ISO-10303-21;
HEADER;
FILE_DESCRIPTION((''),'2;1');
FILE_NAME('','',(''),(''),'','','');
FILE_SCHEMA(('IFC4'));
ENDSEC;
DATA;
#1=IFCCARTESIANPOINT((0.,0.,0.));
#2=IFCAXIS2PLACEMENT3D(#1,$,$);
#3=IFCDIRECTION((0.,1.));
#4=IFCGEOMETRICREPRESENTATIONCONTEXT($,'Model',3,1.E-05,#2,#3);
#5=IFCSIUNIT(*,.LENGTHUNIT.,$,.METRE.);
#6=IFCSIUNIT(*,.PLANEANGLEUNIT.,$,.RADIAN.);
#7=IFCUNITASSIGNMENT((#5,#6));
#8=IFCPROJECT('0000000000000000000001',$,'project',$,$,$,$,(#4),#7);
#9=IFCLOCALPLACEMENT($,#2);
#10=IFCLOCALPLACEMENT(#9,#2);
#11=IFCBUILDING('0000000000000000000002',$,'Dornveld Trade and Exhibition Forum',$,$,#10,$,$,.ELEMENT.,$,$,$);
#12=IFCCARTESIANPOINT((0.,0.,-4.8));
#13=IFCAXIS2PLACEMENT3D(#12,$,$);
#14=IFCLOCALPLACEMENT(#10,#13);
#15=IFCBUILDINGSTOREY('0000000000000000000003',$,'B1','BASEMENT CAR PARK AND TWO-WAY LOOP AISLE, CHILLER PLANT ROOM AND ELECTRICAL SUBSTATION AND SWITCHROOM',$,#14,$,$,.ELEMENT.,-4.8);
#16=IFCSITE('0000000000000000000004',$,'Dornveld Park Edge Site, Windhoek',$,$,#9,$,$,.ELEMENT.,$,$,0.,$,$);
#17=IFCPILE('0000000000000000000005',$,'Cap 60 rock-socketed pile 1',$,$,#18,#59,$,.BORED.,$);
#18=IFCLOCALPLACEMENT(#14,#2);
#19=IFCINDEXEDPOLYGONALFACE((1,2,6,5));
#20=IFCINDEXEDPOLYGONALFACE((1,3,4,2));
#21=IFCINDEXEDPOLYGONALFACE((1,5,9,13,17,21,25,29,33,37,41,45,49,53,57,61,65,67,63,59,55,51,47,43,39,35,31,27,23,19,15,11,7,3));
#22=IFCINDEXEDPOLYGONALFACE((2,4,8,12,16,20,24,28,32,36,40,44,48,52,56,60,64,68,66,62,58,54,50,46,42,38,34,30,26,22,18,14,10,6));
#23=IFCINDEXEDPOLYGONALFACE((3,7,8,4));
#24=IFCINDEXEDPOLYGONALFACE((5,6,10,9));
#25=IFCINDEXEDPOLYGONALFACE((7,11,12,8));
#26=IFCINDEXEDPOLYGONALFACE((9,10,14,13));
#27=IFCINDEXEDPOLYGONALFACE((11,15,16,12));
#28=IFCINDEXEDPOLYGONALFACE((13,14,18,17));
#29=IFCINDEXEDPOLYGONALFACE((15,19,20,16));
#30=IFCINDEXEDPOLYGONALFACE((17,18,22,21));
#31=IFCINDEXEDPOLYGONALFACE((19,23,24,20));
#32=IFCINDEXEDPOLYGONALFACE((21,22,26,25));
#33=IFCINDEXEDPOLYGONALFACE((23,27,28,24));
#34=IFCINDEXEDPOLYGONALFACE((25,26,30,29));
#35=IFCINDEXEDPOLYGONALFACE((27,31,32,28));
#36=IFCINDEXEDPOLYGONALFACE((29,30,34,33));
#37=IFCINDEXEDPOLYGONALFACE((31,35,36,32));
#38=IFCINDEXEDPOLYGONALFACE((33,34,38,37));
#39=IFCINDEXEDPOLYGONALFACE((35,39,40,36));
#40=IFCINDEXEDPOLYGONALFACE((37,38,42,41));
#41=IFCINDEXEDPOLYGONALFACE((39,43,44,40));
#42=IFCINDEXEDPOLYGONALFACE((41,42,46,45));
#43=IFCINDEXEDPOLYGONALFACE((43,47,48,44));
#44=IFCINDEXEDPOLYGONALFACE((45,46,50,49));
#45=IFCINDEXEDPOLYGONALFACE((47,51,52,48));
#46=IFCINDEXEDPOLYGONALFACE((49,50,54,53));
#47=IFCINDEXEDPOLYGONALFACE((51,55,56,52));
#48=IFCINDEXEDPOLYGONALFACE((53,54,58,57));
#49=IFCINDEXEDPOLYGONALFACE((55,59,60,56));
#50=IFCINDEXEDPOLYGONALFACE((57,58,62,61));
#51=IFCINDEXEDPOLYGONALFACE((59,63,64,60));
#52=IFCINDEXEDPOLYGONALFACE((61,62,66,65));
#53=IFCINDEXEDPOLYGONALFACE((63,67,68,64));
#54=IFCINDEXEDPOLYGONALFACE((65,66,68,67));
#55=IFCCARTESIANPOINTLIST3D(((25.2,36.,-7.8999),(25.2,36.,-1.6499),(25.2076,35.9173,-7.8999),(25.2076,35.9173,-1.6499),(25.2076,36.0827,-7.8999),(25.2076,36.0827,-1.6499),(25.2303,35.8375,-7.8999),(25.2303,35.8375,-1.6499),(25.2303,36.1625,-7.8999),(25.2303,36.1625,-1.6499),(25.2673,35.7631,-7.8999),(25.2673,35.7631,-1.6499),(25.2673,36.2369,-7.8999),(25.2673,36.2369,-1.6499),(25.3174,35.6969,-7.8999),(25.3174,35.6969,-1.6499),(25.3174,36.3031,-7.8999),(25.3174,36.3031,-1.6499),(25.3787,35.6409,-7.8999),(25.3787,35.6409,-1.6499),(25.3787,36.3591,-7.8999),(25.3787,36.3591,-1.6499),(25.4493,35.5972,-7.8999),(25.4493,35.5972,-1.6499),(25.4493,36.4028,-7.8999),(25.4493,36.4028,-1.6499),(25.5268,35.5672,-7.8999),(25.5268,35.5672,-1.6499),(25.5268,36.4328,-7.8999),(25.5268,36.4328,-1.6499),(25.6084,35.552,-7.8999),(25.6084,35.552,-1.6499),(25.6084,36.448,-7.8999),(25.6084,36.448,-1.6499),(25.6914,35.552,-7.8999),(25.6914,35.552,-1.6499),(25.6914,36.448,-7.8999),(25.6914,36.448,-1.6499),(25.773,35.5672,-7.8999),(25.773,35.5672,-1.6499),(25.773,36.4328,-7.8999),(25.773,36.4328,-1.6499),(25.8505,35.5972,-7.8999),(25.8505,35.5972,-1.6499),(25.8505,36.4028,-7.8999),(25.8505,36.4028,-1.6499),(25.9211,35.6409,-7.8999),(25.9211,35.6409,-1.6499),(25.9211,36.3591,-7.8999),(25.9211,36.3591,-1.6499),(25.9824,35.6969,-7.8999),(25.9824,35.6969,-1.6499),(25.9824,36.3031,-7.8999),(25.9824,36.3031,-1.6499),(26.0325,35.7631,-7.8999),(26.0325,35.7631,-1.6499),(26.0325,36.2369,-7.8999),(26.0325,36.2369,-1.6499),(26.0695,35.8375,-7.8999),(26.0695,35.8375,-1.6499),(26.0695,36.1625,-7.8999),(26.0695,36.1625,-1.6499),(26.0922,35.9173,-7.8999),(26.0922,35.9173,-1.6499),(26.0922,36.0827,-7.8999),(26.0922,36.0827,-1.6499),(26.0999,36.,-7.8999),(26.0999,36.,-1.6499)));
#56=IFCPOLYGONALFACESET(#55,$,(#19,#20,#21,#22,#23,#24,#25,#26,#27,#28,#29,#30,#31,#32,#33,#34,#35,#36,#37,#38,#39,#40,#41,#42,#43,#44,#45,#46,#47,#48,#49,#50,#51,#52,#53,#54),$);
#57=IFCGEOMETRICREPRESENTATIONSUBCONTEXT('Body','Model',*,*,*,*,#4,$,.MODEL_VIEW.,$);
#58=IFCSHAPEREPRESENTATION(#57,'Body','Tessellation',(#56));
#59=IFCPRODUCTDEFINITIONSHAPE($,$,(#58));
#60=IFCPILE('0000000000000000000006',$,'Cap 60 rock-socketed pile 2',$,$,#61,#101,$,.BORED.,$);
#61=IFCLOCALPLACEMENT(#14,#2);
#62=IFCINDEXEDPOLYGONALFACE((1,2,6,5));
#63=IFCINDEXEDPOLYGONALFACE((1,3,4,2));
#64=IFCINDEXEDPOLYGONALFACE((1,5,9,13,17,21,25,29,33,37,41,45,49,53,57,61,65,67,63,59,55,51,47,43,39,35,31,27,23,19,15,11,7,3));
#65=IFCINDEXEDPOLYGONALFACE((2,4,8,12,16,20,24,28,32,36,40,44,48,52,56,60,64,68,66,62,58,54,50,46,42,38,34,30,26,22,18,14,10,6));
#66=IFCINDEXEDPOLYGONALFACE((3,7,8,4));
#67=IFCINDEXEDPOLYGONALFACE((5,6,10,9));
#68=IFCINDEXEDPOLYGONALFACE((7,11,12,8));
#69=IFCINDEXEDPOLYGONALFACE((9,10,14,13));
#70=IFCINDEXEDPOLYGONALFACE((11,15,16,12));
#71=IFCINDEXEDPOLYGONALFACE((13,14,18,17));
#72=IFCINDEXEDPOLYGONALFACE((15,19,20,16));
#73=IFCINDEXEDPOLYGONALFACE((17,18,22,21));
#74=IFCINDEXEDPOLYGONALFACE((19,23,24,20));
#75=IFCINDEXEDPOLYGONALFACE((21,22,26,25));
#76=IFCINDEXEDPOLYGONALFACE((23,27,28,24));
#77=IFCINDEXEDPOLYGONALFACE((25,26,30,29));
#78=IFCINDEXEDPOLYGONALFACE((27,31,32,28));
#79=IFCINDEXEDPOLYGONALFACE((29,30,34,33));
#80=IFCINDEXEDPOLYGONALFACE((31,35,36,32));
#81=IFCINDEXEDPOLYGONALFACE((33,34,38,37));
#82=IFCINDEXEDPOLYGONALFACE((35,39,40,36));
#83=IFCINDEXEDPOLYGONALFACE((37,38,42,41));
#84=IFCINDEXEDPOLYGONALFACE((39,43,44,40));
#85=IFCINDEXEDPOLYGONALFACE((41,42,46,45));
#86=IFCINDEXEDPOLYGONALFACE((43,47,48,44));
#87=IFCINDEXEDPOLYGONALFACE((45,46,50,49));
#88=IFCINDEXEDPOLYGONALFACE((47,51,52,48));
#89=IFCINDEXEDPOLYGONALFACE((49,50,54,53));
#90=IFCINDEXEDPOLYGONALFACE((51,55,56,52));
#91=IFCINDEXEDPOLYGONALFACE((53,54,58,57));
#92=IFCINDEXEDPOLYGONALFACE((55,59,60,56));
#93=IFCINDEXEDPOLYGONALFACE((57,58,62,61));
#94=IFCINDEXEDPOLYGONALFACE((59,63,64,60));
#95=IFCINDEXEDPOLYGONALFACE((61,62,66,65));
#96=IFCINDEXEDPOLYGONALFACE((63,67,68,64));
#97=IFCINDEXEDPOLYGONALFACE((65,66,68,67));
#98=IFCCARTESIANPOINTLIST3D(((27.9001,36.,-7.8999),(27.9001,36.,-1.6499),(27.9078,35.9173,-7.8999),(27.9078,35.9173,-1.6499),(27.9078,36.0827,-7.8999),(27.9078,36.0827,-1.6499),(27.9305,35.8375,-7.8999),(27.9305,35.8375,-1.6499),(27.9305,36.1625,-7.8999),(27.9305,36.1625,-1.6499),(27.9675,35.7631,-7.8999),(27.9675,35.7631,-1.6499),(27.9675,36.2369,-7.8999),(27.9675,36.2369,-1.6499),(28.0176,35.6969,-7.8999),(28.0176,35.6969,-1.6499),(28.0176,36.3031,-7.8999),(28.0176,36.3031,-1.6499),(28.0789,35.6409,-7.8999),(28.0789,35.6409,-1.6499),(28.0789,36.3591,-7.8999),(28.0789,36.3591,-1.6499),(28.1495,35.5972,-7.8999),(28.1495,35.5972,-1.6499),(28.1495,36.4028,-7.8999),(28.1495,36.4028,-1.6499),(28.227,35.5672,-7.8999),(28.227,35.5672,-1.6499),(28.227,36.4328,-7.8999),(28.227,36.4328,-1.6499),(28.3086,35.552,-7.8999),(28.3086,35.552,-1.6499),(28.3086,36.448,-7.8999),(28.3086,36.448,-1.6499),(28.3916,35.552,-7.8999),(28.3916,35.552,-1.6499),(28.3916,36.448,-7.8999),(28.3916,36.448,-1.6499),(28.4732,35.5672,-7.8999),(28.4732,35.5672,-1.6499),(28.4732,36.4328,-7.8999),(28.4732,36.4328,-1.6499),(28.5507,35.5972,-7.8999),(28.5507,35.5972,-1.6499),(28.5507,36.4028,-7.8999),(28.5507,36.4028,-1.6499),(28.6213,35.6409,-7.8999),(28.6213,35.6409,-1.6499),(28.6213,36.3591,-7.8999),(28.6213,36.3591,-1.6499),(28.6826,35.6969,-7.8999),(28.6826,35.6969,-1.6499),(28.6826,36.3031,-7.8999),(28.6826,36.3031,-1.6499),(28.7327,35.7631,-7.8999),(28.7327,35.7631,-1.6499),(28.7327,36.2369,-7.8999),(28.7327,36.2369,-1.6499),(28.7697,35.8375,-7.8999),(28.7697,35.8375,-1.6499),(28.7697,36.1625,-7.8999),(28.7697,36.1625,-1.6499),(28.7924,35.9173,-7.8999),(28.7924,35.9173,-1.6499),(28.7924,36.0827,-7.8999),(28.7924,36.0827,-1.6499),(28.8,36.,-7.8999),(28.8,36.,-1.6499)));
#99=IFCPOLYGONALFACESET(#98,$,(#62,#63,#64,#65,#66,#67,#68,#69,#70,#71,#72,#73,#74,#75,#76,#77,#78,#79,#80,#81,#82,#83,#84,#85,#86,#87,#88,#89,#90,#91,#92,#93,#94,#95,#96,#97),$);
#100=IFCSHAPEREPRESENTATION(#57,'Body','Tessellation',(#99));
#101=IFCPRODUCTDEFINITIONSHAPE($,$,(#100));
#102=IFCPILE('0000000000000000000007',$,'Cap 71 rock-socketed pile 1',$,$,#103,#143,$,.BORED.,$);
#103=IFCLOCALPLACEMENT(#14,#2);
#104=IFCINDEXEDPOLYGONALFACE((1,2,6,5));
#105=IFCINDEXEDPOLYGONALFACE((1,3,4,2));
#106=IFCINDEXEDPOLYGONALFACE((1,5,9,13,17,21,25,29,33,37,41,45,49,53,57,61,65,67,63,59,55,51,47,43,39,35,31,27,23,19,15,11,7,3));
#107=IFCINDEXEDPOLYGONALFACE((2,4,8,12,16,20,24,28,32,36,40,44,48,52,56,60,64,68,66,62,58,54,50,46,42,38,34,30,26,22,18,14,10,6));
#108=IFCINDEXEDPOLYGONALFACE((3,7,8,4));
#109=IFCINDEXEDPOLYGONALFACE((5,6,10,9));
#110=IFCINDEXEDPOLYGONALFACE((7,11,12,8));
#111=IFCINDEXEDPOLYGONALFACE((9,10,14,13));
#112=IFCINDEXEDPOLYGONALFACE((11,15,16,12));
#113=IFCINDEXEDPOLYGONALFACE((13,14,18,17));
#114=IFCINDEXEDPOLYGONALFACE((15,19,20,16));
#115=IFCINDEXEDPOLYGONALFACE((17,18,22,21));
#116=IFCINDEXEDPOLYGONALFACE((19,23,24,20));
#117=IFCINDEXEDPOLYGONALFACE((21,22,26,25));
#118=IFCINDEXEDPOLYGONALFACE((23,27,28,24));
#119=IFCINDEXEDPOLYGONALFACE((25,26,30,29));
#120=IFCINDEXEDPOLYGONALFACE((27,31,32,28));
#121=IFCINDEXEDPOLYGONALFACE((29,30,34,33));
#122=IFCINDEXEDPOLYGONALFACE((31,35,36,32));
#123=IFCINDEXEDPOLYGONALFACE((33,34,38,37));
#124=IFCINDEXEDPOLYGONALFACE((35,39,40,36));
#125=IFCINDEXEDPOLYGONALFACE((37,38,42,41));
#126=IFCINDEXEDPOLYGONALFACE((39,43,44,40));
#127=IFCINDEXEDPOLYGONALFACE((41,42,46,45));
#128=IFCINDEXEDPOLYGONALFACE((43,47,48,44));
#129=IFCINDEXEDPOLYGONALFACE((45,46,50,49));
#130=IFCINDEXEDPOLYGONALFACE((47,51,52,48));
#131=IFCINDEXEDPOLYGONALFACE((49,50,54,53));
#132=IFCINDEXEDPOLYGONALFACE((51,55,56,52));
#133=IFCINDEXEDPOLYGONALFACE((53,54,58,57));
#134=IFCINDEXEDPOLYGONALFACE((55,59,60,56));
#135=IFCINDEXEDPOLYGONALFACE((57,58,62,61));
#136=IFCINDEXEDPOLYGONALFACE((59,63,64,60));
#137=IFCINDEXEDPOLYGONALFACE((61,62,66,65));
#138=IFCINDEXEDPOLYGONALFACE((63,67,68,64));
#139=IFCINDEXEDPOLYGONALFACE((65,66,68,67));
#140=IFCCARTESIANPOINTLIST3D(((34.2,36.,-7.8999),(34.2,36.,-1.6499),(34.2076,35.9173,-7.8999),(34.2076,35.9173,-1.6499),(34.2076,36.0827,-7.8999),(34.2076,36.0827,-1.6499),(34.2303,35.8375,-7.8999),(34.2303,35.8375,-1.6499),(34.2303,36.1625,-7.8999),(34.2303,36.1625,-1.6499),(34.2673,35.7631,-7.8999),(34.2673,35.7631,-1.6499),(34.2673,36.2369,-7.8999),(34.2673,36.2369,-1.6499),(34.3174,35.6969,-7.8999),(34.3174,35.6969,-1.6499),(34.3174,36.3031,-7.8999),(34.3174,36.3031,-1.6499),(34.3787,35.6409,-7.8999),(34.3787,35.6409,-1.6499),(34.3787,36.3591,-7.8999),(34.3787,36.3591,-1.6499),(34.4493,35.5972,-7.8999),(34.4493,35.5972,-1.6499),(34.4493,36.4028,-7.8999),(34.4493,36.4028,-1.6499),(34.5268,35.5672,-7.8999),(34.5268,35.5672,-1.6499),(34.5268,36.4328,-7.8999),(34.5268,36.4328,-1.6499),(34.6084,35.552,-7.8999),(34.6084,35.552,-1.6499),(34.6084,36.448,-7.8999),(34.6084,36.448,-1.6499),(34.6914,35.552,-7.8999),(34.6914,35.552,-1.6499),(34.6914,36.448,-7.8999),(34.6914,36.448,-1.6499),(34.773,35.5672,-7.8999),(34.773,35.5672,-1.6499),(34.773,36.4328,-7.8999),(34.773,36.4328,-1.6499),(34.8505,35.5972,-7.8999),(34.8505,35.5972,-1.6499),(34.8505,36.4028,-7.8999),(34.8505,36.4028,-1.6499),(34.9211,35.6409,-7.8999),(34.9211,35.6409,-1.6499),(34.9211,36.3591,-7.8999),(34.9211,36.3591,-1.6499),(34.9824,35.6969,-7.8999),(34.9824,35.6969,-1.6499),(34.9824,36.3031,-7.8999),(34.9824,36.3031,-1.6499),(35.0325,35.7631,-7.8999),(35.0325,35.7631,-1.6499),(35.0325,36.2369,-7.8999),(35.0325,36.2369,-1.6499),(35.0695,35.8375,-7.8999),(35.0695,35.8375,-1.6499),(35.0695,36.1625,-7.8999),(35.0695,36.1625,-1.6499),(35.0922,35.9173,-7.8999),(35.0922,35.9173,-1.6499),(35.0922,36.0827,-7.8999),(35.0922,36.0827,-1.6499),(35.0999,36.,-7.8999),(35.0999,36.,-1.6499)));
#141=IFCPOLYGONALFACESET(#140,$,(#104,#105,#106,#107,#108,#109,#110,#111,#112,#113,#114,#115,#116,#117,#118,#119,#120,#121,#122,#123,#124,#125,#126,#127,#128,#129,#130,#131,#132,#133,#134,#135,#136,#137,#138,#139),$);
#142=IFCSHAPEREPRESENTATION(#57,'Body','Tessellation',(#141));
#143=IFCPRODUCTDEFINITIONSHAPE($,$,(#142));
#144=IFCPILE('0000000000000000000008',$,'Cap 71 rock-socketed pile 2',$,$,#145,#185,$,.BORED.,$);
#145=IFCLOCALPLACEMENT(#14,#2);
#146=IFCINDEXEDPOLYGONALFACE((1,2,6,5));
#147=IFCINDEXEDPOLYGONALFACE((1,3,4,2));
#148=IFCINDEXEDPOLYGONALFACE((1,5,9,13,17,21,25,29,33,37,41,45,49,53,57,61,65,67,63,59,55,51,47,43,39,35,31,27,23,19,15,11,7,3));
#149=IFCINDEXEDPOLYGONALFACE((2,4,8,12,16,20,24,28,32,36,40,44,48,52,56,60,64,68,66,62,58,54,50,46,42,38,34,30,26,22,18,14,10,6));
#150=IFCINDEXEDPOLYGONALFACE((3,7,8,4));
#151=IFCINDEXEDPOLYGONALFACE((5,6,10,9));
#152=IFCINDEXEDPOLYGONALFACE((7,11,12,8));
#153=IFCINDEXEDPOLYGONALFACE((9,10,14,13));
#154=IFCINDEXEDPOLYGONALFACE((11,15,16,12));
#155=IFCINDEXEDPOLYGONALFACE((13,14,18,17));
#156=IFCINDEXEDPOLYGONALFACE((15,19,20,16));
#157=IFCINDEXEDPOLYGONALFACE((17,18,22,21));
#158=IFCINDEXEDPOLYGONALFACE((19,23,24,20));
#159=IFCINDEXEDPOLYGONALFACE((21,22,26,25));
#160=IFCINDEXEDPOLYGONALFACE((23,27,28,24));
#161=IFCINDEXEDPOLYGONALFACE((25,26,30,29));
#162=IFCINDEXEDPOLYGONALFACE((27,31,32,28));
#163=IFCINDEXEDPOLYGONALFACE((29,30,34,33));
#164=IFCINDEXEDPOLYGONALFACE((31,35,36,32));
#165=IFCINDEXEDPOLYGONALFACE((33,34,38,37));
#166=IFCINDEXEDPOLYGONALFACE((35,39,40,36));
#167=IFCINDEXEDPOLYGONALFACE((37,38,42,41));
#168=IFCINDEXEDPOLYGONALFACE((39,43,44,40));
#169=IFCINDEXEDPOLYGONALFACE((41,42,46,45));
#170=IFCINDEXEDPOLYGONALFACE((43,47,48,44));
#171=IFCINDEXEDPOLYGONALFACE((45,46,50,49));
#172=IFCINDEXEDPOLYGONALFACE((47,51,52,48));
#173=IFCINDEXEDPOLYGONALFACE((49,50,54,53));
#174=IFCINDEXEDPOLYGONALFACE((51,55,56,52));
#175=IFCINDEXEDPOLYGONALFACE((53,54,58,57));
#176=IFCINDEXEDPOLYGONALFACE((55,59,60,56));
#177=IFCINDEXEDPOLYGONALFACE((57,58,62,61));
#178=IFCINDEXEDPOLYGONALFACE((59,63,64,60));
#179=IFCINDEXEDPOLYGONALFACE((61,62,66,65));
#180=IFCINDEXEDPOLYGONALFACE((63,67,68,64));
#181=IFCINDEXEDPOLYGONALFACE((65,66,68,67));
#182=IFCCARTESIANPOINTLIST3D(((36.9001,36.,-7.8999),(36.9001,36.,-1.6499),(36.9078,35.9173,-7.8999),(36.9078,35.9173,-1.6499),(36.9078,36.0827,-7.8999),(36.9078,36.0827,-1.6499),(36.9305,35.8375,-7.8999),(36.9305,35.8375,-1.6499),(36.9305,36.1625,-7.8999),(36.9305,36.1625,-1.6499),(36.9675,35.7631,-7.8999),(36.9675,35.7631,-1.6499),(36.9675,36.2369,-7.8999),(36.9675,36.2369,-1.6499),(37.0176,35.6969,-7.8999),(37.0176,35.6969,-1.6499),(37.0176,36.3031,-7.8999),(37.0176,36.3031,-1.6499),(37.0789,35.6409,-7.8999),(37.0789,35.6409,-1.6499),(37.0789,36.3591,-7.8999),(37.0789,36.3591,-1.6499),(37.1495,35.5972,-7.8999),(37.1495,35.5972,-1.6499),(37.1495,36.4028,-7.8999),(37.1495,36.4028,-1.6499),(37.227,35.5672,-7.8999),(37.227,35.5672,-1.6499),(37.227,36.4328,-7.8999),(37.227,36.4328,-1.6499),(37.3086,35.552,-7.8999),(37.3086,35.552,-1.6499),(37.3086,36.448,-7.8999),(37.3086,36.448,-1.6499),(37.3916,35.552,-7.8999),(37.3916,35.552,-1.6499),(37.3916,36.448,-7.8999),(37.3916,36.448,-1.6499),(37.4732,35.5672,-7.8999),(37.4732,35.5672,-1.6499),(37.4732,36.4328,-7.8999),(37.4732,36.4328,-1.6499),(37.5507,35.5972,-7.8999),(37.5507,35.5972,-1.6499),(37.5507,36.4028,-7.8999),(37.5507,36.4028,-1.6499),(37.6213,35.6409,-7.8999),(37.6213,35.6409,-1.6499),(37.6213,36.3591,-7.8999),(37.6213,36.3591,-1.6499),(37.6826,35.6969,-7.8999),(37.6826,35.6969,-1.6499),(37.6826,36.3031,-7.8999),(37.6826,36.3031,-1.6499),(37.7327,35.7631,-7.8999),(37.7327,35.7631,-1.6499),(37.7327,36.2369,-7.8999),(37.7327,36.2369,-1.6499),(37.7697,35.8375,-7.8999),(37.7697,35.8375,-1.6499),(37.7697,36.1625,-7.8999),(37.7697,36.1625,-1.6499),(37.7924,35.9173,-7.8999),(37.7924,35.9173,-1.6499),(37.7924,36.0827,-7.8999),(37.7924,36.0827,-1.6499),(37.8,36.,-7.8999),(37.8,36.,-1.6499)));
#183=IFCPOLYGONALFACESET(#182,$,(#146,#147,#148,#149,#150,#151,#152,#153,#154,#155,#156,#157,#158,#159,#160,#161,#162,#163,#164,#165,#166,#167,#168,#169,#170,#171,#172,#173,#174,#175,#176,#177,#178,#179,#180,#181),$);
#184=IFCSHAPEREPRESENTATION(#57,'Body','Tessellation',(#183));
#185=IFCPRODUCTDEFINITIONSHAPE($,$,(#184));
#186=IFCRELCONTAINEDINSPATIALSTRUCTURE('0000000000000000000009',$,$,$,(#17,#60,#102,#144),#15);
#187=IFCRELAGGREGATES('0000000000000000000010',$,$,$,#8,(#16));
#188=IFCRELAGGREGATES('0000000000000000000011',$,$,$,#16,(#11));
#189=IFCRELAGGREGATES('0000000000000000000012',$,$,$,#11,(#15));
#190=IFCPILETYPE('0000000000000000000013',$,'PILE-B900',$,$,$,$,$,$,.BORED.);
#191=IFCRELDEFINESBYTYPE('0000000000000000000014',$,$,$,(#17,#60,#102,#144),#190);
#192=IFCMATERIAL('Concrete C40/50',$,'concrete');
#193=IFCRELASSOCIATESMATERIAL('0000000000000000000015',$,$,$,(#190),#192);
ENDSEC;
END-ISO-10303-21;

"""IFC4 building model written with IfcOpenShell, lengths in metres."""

from ifc_helpers import new_model, si_unit, direction, frame, origin, origin_2d, place, context, subcontext, project, spatial, circle, extrude, material, material_profile, profile_set, type_object, element, save


model = new_model("IFC4")

# Units and contexts
model_context = context("Model", 3, precision=1e-05, world=origin(), true_north=direction((0.0, 1.0)))
body_context = subcontext(model_context, "Body", "Model", "MODEL_VIEW")
ifc_project = project(units=[si_unit("LENGTHUNIT", "METRE"), si_unit("PLANEANGLEUNIT", "RADIAN")], contexts=[model_context])

# Site, building, storey
site_placement = place(None, origin())
site = spatial("IfcSite", under=ifc_project, at=site_placement, Name="Dornveld Park Edge Site, Windhoek", CompositionType="ELEMENT", RefElevation=0.0)
building_placement = place(site_placement, origin())
building = spatial("IfcBuilding", under=site, at=building_placement, Name="Dornveld Trade and Exhibition Forum", CompositionType="ELEMENT")
storey_placement = place(building_placement, frame((0.0, 0.0, -4.8)))
storey = spatial("IfcBuildingStorey", under=building, at=storey_placement, Name="B1", Description="BASEMENT CAR PARK AND TWO-WAY LOOP AISLE, CHILLER PLANT ROOM AND ELECTRICAL SUBSTATION AND SWITCHROOM", CompositionType="ELEMENT", Elevation=-4.8)

# Piles
ifc_material_1 = material(Name="Concrete C40/50", Category="concrete")
ifc_material_profile_1 = material_profile(ifc_material_1, circle(Radius=0.45, at=origin_2d()), Name="PILE D900")
ifc_profile_set_1 = profile_set([ifc_material_profile_1], Name="Concrete C40/50")
pile_type = type_object("IfcPileType", Name="PILE-B900", PredefinedType="BORED", material=ifc_profile_set_1)
for number, where, z_axis, x_axis, name in (
    (1, (25.6499, 36.0, -1.6499), (0.0, 0.0, -1.0), (1.0, 0.0, 0.0), "Cap 60 rock-socketed pile 1"),
    (2, (28.3501, 36.0, -1.6499), (0.0, 0.0, -1.0), (1.0, 0.0, 0.0), "Cap 60 rock-socketed pile 2"),
    (3, (34.6499, 36.0, -1.6499), (0.0, 0.0, -1.0), (1.0, 0.0, 0.0), "Cap 71 rock-socketed pile 1"),
    (4, (37.3501, 36.0, -1.6499), (0.0, 0.0, -1.0), (1.0, 0.0, 0.0), "Cap 71 rock-socketed pile 2"),
):
    element("IfcPile", number, at=place(storey_placement, frame(where, z_axis=z_axis, x_axis=x_axis)), inside=storey, type_object=pile_type, Name=name, PredefinedType="BORED", context=body_context, shape_type="SweptSolid", body=[
        extrude(circle(Radius=0.45, at=origin_2d()), origin(), (0.0, 0.0, 1.0), 6.25),
    ])

save(model, "model.ifc")
